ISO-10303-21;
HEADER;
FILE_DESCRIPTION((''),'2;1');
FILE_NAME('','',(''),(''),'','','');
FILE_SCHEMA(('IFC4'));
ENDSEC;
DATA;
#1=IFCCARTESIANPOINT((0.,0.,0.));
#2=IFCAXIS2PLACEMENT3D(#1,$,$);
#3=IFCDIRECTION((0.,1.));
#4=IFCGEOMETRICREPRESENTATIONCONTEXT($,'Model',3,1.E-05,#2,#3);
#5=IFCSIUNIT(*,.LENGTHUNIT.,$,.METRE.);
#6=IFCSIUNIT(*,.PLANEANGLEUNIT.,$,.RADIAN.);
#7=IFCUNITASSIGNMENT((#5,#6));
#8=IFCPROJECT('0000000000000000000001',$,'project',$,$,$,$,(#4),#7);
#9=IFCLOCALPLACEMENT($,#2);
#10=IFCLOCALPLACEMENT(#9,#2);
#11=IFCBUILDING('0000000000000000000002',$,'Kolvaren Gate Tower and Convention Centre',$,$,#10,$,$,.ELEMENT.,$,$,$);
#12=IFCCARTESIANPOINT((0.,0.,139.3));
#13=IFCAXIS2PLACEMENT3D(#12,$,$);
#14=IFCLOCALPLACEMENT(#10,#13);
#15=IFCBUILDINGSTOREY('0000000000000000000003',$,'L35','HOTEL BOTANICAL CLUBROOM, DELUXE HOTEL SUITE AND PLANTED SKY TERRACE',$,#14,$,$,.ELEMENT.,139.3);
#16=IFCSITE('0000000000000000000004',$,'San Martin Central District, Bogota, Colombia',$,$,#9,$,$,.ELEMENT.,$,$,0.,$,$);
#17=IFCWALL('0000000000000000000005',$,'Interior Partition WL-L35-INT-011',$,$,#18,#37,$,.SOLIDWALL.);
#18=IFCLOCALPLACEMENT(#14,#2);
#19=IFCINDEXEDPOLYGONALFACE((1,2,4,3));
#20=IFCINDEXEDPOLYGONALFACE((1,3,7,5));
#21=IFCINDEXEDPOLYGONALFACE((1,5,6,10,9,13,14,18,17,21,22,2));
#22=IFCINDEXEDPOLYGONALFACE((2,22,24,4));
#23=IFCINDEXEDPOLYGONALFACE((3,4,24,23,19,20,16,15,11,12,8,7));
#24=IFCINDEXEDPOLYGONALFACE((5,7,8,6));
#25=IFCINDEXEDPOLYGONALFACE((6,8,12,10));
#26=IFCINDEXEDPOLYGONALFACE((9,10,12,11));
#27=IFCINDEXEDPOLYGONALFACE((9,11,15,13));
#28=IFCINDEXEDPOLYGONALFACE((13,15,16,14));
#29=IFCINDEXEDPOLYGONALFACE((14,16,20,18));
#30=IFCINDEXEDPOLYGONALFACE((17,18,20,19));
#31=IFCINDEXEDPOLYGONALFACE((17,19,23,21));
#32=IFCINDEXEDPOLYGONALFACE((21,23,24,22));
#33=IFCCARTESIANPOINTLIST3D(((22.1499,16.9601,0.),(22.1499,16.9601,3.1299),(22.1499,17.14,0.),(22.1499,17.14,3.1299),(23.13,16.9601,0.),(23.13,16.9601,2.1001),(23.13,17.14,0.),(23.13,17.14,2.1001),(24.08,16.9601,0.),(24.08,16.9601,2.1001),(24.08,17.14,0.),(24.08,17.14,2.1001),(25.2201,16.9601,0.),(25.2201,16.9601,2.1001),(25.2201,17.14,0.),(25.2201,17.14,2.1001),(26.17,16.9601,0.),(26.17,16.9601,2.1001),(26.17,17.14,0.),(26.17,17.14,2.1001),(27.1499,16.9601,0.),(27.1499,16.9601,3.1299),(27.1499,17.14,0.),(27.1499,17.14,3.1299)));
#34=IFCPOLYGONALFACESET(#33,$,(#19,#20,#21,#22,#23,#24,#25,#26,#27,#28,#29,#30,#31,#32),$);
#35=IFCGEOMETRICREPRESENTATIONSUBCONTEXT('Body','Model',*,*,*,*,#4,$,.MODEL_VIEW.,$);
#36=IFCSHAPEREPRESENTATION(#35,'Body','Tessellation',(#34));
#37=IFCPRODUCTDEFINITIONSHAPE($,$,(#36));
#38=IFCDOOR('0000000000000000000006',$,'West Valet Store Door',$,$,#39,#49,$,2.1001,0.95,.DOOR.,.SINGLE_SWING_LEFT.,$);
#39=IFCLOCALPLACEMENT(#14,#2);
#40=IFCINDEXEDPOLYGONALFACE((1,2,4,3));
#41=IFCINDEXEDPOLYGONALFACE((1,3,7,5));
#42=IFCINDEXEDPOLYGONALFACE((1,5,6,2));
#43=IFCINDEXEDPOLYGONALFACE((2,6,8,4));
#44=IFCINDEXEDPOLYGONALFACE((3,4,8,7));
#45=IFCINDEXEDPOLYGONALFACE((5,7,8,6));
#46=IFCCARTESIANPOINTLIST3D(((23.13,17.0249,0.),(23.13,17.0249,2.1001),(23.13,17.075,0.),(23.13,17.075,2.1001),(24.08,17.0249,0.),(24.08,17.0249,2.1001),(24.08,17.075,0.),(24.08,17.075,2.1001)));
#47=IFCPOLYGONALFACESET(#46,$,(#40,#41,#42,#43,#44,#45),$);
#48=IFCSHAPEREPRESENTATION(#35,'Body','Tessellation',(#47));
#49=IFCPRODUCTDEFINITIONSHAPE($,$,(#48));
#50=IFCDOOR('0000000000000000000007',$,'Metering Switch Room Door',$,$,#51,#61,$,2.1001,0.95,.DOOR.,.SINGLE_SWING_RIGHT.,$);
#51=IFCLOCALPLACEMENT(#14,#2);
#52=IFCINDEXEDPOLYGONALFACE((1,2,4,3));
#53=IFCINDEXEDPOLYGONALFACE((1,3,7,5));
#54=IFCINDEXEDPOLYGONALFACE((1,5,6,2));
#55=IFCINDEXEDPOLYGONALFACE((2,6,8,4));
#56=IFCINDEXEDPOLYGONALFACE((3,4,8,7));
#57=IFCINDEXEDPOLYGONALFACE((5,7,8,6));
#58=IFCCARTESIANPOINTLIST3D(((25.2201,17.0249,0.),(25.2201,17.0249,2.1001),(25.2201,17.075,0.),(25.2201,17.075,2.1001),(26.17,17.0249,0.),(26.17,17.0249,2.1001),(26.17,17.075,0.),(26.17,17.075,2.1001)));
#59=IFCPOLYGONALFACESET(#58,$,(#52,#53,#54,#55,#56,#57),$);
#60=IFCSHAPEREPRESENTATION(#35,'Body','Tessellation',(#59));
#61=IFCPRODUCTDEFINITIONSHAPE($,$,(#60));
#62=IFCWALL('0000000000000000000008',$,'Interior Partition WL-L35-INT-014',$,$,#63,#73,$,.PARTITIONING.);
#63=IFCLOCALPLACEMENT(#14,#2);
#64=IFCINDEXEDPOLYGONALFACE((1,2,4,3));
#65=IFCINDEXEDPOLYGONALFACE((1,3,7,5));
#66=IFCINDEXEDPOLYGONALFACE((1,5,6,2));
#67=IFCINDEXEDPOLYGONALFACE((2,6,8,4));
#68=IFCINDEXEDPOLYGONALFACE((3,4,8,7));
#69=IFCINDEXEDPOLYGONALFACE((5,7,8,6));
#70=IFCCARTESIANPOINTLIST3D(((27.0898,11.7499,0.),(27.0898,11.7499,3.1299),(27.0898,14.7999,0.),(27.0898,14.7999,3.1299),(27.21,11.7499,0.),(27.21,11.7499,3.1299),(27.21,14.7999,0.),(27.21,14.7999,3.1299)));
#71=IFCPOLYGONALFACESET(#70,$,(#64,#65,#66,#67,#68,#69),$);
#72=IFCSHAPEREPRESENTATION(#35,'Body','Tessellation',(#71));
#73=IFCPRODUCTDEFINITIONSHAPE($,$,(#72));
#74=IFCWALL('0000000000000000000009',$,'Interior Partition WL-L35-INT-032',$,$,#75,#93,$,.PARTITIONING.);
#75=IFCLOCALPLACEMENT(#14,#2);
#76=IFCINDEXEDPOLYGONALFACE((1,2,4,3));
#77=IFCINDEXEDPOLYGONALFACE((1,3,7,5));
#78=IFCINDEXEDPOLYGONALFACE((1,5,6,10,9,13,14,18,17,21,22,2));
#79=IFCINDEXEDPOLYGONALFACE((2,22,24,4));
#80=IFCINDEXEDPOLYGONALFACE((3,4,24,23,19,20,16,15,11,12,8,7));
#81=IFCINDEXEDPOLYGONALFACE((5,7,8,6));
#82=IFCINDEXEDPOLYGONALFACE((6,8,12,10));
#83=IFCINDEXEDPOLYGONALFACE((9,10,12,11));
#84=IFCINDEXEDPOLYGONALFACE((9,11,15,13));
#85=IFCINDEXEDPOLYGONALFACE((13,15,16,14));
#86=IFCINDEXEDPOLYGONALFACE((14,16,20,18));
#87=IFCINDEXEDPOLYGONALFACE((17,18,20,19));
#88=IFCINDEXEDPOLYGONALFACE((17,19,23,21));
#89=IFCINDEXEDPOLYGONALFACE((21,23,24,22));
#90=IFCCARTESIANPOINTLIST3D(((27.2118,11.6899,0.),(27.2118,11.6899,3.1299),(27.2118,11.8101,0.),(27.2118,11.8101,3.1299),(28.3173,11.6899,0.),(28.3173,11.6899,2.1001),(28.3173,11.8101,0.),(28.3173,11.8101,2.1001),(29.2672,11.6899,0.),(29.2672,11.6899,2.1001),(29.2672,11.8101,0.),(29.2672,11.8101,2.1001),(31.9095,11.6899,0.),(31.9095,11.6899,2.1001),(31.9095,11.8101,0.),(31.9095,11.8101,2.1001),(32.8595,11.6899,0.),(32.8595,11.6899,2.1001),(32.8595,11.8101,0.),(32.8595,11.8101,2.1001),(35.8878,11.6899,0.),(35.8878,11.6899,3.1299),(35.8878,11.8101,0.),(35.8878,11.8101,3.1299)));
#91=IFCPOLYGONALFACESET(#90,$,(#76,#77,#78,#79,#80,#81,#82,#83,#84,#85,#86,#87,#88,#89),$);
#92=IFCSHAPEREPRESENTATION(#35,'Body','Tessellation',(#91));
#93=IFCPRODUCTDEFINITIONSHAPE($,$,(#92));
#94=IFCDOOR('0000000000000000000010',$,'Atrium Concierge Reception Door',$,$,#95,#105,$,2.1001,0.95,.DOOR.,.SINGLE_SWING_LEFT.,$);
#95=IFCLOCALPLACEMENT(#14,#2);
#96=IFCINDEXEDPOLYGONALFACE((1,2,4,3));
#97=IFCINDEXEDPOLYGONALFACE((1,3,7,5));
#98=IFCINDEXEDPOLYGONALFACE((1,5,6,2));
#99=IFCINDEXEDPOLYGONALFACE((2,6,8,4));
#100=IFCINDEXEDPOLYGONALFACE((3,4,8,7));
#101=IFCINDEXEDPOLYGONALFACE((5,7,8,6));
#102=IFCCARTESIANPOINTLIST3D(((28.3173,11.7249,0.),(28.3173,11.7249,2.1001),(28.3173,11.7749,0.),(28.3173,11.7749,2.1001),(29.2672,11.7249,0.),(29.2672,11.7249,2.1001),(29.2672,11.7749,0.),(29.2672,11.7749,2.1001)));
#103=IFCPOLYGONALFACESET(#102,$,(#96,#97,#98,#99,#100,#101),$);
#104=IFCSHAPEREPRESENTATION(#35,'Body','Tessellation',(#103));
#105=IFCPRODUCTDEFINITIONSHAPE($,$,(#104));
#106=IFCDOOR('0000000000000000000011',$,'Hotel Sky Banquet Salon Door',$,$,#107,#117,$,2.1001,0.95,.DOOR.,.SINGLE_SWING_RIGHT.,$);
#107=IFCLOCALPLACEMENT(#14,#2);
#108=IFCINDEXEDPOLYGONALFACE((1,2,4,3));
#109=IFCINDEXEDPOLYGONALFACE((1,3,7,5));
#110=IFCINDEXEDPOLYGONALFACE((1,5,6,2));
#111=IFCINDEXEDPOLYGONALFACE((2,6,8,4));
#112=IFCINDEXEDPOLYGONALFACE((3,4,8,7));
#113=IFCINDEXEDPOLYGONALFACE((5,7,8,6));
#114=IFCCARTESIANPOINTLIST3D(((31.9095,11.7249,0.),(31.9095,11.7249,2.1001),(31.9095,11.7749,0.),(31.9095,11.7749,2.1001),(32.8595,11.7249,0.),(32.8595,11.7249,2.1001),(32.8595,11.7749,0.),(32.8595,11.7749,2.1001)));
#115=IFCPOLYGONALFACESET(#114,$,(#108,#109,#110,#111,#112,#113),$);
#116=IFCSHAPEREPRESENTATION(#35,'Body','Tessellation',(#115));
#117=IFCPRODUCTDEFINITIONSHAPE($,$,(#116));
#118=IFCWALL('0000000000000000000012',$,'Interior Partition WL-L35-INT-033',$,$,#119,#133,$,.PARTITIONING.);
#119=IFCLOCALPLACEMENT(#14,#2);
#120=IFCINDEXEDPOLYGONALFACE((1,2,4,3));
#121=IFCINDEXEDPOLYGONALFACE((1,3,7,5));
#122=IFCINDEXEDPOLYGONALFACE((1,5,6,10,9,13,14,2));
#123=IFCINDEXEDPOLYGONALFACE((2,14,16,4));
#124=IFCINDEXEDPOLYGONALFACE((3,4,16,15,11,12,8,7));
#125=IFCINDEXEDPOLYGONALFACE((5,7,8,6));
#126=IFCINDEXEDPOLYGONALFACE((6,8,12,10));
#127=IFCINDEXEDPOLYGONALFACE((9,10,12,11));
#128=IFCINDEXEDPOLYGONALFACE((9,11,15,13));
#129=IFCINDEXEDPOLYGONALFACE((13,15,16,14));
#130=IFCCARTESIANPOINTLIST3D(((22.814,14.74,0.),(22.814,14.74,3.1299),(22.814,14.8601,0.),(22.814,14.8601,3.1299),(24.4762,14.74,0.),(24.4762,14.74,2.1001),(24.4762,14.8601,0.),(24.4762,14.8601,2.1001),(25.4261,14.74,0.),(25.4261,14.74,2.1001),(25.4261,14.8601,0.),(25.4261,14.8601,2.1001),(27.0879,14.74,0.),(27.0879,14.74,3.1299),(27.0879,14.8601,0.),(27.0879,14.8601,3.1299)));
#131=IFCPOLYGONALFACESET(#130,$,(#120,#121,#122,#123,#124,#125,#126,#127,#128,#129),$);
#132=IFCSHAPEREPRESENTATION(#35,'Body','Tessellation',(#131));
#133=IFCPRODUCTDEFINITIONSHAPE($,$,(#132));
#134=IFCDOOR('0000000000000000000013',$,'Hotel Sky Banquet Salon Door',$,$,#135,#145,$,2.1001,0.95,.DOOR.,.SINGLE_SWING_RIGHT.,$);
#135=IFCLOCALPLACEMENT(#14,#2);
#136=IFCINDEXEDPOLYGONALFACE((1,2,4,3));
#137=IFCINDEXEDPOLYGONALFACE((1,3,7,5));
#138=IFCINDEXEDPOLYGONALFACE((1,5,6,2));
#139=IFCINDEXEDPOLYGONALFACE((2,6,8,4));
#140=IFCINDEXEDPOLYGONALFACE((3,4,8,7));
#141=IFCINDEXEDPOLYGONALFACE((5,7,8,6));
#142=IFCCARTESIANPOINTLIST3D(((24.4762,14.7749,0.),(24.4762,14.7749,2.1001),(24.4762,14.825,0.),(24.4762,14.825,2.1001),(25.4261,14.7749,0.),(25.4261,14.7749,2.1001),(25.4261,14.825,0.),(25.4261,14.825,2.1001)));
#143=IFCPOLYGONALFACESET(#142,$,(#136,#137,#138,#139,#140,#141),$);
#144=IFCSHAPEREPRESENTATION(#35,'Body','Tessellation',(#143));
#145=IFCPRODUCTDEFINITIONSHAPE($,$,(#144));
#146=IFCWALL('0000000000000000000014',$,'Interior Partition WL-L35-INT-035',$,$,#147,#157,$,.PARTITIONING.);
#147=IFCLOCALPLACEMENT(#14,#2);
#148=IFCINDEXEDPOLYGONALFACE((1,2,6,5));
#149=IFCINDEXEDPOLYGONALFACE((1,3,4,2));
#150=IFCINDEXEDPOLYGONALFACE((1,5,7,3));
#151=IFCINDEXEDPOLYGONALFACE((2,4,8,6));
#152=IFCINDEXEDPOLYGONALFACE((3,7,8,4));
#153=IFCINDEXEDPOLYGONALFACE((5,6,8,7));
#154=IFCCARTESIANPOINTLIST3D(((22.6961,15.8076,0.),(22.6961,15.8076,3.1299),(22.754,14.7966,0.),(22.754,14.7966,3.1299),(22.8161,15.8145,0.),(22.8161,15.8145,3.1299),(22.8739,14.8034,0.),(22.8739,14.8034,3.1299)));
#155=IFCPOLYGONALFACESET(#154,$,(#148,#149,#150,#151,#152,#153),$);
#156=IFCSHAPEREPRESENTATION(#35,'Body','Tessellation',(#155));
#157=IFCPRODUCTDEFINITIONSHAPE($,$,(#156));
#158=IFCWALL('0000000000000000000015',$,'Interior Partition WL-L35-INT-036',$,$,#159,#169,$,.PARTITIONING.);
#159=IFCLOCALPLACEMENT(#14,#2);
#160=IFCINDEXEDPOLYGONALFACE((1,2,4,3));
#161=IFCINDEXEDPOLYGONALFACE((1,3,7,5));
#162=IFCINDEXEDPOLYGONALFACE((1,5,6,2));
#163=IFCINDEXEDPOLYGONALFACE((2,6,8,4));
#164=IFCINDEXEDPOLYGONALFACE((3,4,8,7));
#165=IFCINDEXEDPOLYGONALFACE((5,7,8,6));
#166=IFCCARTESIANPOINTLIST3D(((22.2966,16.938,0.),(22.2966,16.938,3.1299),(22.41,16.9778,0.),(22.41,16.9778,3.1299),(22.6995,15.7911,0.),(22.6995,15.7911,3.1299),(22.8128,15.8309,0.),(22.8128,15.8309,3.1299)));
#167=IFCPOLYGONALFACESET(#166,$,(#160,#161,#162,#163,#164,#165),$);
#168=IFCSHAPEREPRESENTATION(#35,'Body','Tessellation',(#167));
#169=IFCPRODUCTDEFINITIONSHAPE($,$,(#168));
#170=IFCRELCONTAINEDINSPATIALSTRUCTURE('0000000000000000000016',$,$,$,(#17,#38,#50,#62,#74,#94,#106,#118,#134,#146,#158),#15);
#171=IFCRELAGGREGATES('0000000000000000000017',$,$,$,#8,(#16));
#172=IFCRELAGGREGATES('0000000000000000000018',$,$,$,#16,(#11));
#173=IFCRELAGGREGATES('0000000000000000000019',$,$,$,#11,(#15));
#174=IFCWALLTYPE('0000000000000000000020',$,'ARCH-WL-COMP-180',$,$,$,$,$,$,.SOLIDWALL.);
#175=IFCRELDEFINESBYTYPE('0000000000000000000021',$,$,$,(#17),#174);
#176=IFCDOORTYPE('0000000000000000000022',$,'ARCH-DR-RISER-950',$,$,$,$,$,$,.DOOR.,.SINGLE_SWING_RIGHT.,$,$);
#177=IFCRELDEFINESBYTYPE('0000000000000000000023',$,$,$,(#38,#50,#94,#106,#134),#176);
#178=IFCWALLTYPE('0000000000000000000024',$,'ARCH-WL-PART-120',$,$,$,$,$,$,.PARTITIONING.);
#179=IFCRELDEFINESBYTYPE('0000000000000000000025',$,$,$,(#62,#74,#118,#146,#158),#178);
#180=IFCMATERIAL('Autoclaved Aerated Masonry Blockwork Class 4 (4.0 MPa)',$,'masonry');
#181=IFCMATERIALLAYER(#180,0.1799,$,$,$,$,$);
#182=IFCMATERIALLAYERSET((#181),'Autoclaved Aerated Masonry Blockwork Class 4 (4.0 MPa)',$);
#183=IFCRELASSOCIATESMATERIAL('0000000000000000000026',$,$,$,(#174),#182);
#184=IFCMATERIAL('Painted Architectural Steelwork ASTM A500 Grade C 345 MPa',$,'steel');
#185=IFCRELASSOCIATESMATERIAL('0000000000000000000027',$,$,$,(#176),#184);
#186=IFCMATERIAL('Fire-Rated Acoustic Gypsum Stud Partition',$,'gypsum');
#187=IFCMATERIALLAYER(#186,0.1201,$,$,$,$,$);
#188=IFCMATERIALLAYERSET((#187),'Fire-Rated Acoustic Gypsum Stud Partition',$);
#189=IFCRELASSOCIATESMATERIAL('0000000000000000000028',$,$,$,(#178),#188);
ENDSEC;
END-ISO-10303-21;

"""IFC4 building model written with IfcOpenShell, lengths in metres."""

from ifc_helpers import new_model, si_unit, direction, frame, frame_2d, origin, place, context, subcontext, project, spatial, rectangle, extrude, material, layer, layer_set, type_object, element, fill, save


model = new_model("IFC4")

# Units and contexts
model_context = context("Model", 3, precision=1e-05, world=origin(), true_north=direction((0.0, 1.0)))
body_context = subcontext(model_context, "Body", "Model", "MODEL_VIEW")
ifc_project = project(units=[si_unit("LENGTHUNIT", "METRE"), si_unit("PLANEANGLEUNIT", "RADIAN")], contexts=[model_context])

# Site, building, storey
site_placement = place(None, origin())
site = spatial("IfcSite", under=ifc_project, at=site_placement, Name="San Martin Central District, Bogota, Colombia", CompositionType="ELEMENT", RefElevation=0.0)
building_placement = place(site_placement, origin())
building = spatial("IfcBuilding", under=site, at=building_placement, Name="Kolvaren Gate Tower and Convention Centre", CompositionType="ELEMENT")
storey_placement = place(building_placement, frame((0.0, 0.0, 139.3)))
storey = spatial("IfcBuildingStorey", under=building, at=storey_placement, Name="L35", Description="HOTEL BOTANICAL CLUBROOM, DELUXE HOTEL SUITE AND PLANTED SKY TERRACE", CompositionType="ELEMENT", Elevation=139.3)

# Wall, openings, doors
ifc_material_1 = material(Name="Autoclaved Aerated Masonry Blockwork Class 4 (4.0 MPa)", Category="masonry")
ifc_layer_1 = layer(ifc_material_1, 0.1799)
ifc_layer_set_1 = layer_set([ifc_layer_1], Name="Autoclaved Aerated Masonry Blockwork Class 4 (4.0 MPa)")
wall_type_1 = type_object("IfcWallType", Name="ARCH-WL-COMP-180", PredefinedType="SOLIDWALL", material=ifc_layer_set_1)
wall_1_placement = place(storey_placement, frame((22.1499, 17.05, 0.0), z_axis=(0.0, 0.0, 1.0), x_axis=(1.0, 0.0, 0.0)))
wall_1 = element("IfcWall", 1, at=wall_1_placement, inside=storey, type_object=wall_type_1, Name="Interior Partition WL-L35-INT-011", PredefinedType="SOLIDWALL", context=body_context, shape_type="SweptSolid", body=[
    extrude(rectangle(XDim=5.0, YDim=0.1799, at=frame_2d((2.5, 0.0))), origin(), (0.0, 0.0, 1.0), 3.1299),
])
opening_1_placement = place(wall_1_placement, frame((0.98, 0.0, 0.0)))
opening_1 = element("IfcOpeningElement", 2, at=opening_1_placement, cuts=wall_1, PredefinedType="OPENING", context=body_context, shape_type="SweptSolid", body=[
    extrude(rectangle(XDim=0.95, YDim=2.1001, at=frame_2d((0.4751, 1.05))), frame((0.0, 0.0999, 0.0), z_axis=(0.0, -1.0, 0.0), x_axis=(1.0, 0.0, 0.0)), (0.0, 0.0, 1.0), 0.2),
])
opening_2_placement = place(wall_1_placement, frame((3.0701, 0.0, 0.0)))
opening_2 = element("IfcOpeningElement", 3, at=opening_2_placement, cuts=wall_1, PredefinedType="OPENING", context=body_context, shape_type="SweptSolid", body=[
    extrude(rectangle(XDim=0.95, YDim=2.1001, at=frame_2d((0.4751, 1.05))), frame((0.0, 0.0999, 0.0), z_axis=(0.0, -1.0, 0.0), x_axis=(1.0, 0.0, 0.0)), (0.0, 0.0, 1.0), 0.2),
])
ifc_material_2 = material(Name="Painted Architectural Steelwork ASTM A500 Grade C 345 MPa", Category="steel")
door_type_1 = type_object("IfcDoorType", Name="ARCH-DR-RISER-950", OperationType="SINGLE_SWING_RIGHT", PredefinedType="DOOR", material=ifc_material_2)
door_1_placement = place(opening_1_placement, origin())
door_1 = element("IfcDoor", 4, at=door_1_placement, inside=storey, type_object=door_type_1, Name="West Valet Store Door", OperationType="SINGLE_SWING_LEFT", OverallHeight=2.1001, OverallWidth=0.95, PredefinedType="DOOR", context=body_context, shape_type="SweptSolid", body=[
    extrude(rectangle(XDim=0.95, YDim=2.1001, at=frame_2d((0.4751, 1.05))), frame((0.0, 0.0249, 0.0), z_axis=(0.0, -1.0, 0.0), x_axis=(1.0, 0.0, 0.0)), (0.0, 0.0, 1.0), 0.05),
])
fill(opening_1, door_1)
door_2_placement = place(opening_2_placement, origin())
door_2 = element("IfcDoor", 5, at=door_2_placement, inside=storey, type_object=door_type_1, Name="Metering Switch Room Door", OperationType="SINGLE_SWING_RIGHT", OverallHeight=2.1001, OverallWidth=0.95, PredefinedType="DOOR", context=body_context, shape_type="SweptSolid", body=[
    extrude(rectangle(XDim=0.95, YDim=2.1001, at=frame_2d((0.4751, 1.05))), frame((0.0, 0.0249, 0.0), z_axis=(0.0, -1.0, 0.0), x_axis=(1.0, 0.0, 0.0)), (0.0, 0.0, 1.0), 0.05),
])
fill(opening_2, door_2)

# Wall
ifc_material_3 = material(Name="Fire-Rated Acoustic Gypsum Stud Partition", Category="gypsum")
ifc_layer_2 = layer(ifc_material_3, 0.1201)
ifc_layer_set_2 = layer_set([ifc_layer_2], Name="Fire-Rated Acoustic Gypsum Stud Partition")
wall_type_2 = type_object("IfcWallType", Name="ARCH-WL-PART-120", PredefinedType="PARTITIONING", material=ifc_layer_set_2)
wall_2_placement = place(storey_placement, frame((27.1499, 11.75, 0.0), z_axis=(0.0, 0.0, 1.0), x_axis=(0.0, 1.0, 0.0)))
element("IfcWall", 6, at=wall_2_placement, inside=storey, type_object=wall_type_2, Name="Interior Partition WL-L35-INT-014", PredefinedType="PARTITIONING", context=body_context, shape_type="SweptSolid", body=[
    extrude(rectangle(XDim=3.05, YDim=0.1201, at=frame_2d((1.5249, 0.0))), origin(), (0.0, 0.0, 1.0), 3.1299),
])

# Wall, openings, doors
wall_3_placement = place(storey_placement, frame((27.2119, 11.75, 0.0), z_axis=(0.0, 0.0, 1.0), x_axis=(1.0, 0.0, 0.0)))
wall_3 = element("IfcWall", 7, at=wall_3_placement, inside=storey, type_object=wall_type_2, Name="Interior Partition WL-L35-INT-032", PredefinedType="PARTITIONING", context=body_context, shape_type="SweptSolid", body=[
    extrude(rectangle(XDim=8.676, YDim=0.1201, at=frame_2d((4.3379, 0.0))), origin(), (0.0, 0.0, 1.0), 3.1299),
])
opening_3_placement = place(wall_3_placement, frame((1.1052, 0.0, 0.0)))
opening_3 = element("IfcOpeningElement", 8, at=opening_3_placement, cuts=wall_3, PredefinedType="OPENING", context=body_context, shape_type="SweptSolid", body=[
    extrude(rectangle(XDim=0.95, YDim=2.1001, at=frame_2d((0.4751, 1.05))), frame((0.0, 0.0701, 0.0), z_axis=(0.0, -1.0, 0.0), x_axis=(1.0, 0.0, 0.0)), (0.0, 0.0, 1.0), 0.1401),
])
opening_4_placement = place(wall_3_placement, frame((4.6975, 0.0, 0.0)))
opening_4 = element("IfcOpeningElement", 9, at=opening_4_placement, cuts=wall_3, PredefinedType="OPENING", context=body_context, shape_type="SweptSolid", body=[
    extrude(rectangle(XDim=0.95, YDim=2.1001, at=frame_2d((0.4751, 1.05))), frame((0.0, 0.0701, 0.0), z_axis=(0.0, -1.0, 0.0), x_axis=(1.0, 0.0, 0.0)), (0.0, 0.0, 1.0), 0.1401),
])
door_3_placement = place(opening_3_placement, origin())
door_3 = element("IfcDoor", 10, at=door_3_placement, inside=storey, type_object=door_type_1, Name="Atrium Concierge Reception Door", OperationType="SINGLE_SWING_LEFT", OverallHeight=2.1001, OverallWidth=0.95, PredefinedType="DOOR", context=body_context, shape_type="SweptSolid", body=[
    extrude(rectangle(XDim=0.95, YDim=2.1001, at=frame_2d((0.4751, 1.05))), frame((0.0, 0.0249, 0.0), z_axis=(0.0, -1.0, 0.0), x_axis=(1.0, 0.0, 0.0)), (0.0, 0.0, 1.0), 0.05),
])
fill(opening_3, door_3)
door_4_placement = place(opening_4_placement, origin())
door_4 = element("IfcDoor", 11, at=door_4_placement, inside=storey, type_object=door_type_1, Name="Hotel Sky Banquet Salon Door", OperationType="SINGLE_SWING_RIGHT", OverallHeight=2.1001, OverallWidth=0.95, PredefinedType="DOOR", context=body_context, shape_type="SweptSolid", body=[
    extrude(rectangle(XDim=0.95, YDim=2.1001, at=frame_2d((0.4751, 1.05))), frame((0.0, 0.0249, 0.0), z_axis=(0.0, -1.0, 0.0), x_axis=(1.0, 0.0, 0.0)), (0.0, 0.0, 1.0), 0.05),
])
fill(opening_4, door_4)

# Wall, opening, door
wall_4_placement = place(storey_placement, frame((22.814, 14.8, 0.0), z_axis=(0.0, 0.0, 1.0), x_axis=(1.0, 0.0, 0.0)))
wall_4 = element("IfcWall", 12, at=wall_4_placement, inside=storey, type_object=wall_type_2, Name="Interior Partition WL-L35-INT-033", PredefinedType="PARTITIONING", context=body_context, shape_type="SweptSolid", body=[
    extrude(rectangle(XDim=4.2739, YDim=0.1201, at=frame_2d((2.137, 0.0))), origin(), (0.0, 0.0, 1.0), 3.1299),
])
opening_5_placement = place(wall_4_placement, frame((1.6621, 0.0, 0.0)))
opening_5 = element("IfcOpeningElement", 13, at=opening_5_placement, cuts=wall_4, PredefinedType="OPENING", context=body_context, shape_type="SweptSolid", body=[
    extrude(rectangle(XDim=0.95, YDim=2.1001, at=frame_2d((0.4751, 1.05))), frame((0.0, 0.0701, 0.0), z_axis=(0.0, -1.0, 0.0), x_axis=(1.0, 0.0, 0.0)), (0.0, 0.0, 1.0), 0.1401),
])
door_5_placement = place(opening_5_placement, origin())
door_5 = element("IfcDoor", 14, at=door_5_placement, inside=storey, type_object=door_type_1, Name="Hotel Sky Banquet Salon Door", OperationType="SINGLE_SWING_RIGHT", OverallHeight=2.1001, OverallWidth=0.95, PredefinedType="DOOR", context=body_context, shape_type="SweptSolid", body=[
    extrude(rectangle(XDim=0.95, YDim=2.1001, at=frame_2d((0.4751, 1.05))), frame((0.0, 0.0249, 0.0), z_axis=(0.0, -1.0, 0.0), x_axis=(1.0, 0.0, 0.0)), (0.0, 0.0, 1.0), 0.05),
])
fill(opening_5, door_5)

# Walls
wall_5_placement = place(storey_placement, frame((22.7561, 15.811, 0.0), z_axis=(0.0, 0.0, 1.0), x_axis=(0.057139, -0.998366, 0.0)))
element("IfcWall", 15, at=wall_5_placement, inside=storey, type_object=wall_type_2, Name="Interior Partition WL-L35-INT-035", PredefinedType="PARTITIONING", context=body_context, shape_type="SweptSolid", body=[
    extrude(rectangle(XDim=1.0127, YDim=0.1201, at=frame_2d((0.5063, 0.0))), origin(), (0.0, 0.0, 1.0), 3.1299),
])
wall_6_placement = place(storey_placement, frame((22.3533, 16.958, 0.0), z_axis=(0.0, 0.0, 1.0), x_axis=(0.33137, -0.943501, 0.0)))
element("IfcWall", 16, at=wall_6_placement, inside=storey, type_object=wall_type_2, Name="Interior Partition WL-L35-INT-036", PredefinedType="PARTITIONING", context=body_context, shape_type="SweptSolid", body=[
    extrude(rectangle(XDim=1.2156, YDim=0.1201, at=frame_2d((0.6079, 0.0))), origin(), (0.0, 0.0, 1.0), 3.1299),
])

save(model, "model.ifc")
